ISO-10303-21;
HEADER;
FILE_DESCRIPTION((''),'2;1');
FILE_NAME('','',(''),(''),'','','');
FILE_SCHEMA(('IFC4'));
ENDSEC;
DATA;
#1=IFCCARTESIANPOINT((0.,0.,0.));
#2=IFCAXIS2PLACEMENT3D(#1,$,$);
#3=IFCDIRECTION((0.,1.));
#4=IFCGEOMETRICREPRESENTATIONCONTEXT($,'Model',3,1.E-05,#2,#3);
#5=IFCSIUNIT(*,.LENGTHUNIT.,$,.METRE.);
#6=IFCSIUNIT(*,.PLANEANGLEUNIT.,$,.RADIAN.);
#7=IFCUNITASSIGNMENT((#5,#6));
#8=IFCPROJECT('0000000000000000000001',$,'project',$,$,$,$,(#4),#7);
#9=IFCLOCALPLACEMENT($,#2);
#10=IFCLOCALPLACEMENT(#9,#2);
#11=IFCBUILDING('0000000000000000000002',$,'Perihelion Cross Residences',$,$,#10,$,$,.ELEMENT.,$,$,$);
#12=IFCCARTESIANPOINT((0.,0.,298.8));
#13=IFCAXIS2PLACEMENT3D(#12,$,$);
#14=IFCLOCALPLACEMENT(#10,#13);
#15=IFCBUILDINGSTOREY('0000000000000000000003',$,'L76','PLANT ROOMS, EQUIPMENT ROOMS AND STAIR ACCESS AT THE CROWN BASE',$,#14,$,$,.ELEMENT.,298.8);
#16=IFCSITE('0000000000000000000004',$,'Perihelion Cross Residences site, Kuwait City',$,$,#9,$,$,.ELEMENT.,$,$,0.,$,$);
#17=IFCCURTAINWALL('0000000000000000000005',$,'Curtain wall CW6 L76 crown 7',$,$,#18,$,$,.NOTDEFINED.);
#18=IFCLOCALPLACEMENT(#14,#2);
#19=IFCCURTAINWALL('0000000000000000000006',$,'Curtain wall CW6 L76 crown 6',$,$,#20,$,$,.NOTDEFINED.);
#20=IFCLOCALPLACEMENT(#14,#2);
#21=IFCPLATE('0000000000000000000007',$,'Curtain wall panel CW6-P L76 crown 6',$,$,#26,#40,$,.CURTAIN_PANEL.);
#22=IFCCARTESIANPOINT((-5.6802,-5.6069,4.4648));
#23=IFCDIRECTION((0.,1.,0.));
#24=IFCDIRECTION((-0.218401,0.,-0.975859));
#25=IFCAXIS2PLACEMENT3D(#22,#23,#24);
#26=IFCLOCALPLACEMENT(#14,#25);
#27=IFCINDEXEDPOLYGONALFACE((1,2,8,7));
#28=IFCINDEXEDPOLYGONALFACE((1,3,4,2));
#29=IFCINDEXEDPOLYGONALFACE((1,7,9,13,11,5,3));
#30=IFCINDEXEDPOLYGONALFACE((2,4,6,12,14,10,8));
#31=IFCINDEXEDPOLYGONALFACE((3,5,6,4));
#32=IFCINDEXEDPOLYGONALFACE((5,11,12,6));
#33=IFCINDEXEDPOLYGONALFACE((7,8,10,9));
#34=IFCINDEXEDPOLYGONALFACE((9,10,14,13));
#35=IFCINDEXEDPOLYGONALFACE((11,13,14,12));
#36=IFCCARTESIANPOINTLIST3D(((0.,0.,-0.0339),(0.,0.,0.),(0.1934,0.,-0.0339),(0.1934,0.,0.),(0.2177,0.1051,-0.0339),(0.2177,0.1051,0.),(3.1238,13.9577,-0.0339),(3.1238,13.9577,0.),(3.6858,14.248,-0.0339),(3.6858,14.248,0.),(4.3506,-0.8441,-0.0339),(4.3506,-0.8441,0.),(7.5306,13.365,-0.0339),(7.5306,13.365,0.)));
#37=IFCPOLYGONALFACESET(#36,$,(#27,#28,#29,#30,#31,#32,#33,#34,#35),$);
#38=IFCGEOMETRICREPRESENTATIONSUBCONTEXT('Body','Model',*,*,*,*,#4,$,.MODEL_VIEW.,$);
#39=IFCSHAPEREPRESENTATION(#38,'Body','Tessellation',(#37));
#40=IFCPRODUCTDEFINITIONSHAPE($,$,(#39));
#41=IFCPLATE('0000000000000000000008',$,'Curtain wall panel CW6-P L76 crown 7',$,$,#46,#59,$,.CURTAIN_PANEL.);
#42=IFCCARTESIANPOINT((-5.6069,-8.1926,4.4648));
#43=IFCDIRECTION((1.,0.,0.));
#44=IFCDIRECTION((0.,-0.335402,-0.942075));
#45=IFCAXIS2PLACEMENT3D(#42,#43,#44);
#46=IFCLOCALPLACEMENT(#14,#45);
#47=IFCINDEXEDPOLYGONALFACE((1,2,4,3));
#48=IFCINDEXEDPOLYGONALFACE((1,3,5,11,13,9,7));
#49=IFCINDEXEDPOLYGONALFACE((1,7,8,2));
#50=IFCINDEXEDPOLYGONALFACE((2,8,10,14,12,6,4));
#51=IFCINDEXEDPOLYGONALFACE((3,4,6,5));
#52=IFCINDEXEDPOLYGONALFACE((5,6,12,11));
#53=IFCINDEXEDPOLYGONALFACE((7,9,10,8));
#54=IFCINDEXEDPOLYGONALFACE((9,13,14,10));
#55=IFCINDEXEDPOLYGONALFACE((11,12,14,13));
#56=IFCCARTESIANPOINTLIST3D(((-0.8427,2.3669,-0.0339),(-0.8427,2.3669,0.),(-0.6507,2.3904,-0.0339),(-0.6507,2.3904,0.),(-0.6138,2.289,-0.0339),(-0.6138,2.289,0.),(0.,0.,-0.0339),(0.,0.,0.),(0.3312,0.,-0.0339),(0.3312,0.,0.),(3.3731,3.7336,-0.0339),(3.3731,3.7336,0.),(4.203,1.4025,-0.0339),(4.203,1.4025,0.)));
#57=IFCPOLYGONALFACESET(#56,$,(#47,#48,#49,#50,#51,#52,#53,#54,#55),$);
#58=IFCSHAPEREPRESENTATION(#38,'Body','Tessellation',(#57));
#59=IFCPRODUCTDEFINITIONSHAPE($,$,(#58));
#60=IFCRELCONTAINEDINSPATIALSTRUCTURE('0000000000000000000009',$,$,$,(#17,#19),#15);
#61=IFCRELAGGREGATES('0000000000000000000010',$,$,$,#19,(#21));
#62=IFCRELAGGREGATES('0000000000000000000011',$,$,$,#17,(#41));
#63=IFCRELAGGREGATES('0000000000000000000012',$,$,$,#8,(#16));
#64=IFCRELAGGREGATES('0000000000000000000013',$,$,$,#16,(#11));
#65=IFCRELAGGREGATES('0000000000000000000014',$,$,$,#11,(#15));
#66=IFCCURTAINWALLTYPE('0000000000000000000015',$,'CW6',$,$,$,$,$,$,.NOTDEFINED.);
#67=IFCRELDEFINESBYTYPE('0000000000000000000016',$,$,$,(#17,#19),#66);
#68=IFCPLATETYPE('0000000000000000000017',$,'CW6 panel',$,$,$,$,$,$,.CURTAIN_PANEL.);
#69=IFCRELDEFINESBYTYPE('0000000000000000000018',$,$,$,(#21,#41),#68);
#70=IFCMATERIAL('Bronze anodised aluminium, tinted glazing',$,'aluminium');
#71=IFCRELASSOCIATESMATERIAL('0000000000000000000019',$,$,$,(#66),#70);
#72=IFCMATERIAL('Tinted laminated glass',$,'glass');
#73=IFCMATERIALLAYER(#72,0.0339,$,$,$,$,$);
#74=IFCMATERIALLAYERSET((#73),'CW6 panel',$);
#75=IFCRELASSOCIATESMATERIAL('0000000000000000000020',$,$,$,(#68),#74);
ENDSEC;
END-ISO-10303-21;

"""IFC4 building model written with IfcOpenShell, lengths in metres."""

from ifc_helpers import new_model, si_unit, direction, frame, origin, place, context, subcontext, project, spatial, polyline, outline, extrude, material, layer, layer_set, type_object, element, aggregate, save


model = new_model("IFC4")

# Units and contexts
model_context = context("Model", 3, precision=1e-05, world=origin(), true_north=direction((0.0, 1.0)))
body_context = subcontext(model_context, "Body", "Model", "MODEL_VIEW")
ifc_project = project(units=[si_unit("LENGTHUNIT", "METRE"), si_unit("PLANEANGLEUNIT", "RADIAN")], contexts=[model_context])

# Site, building, storey
site_placement = place(None, origin())
site = spatial("IfcSite", under=ifc_project, at=site_placement, Name="Perihelion Cross Residences site, Kuwait City", CompositionType="ELEMENT", RefElevation=0.0)
building_placement = place(site_placement, origin())
building = spatial("IfcBuilding", under=site, at=building_placement, Name="Perihelion Cross Residences", CompositionType="ELEMENT")
storey_placement = place(building_placement, frame((0.0, 0.0, 298.8)))
storey = spatial("IfcBuildingStorey", under=building, at=storey_placement, Name="L76", Description="PLANT ROOMS, EQUIPMENT ROOMS AND STAIR ACCESS AT THE CROWN BASE", CompositionType="ELEMENT", Elevation=298.8)

# Curtain wall
ifc_material_1 = material(Name="Bronze anodised aluminium, tinted glazing", Category="aluminium")
curtain_wall_type = type_object("IfcCurtainWallType", Name="CW6", PredefinedType="NOTDEFINED", material=ifc_material_1)
curtain_wall_1_placement = place(storey_placement, origin())
curtain_wall_1 = element("IfcCurtainWall", 1, at=curtain_wall_1_placement, inside=storey, type_object=curtain_wall_type, Name="Curtain wall CW6 L76 crown 7", PredefinedType="NOTDEFINED")

# Curtain wall, plate
curtain_wall_2_placement = place(storey_placement, origin())
curtain_wall_2 = element("IfcCurtainWall", 2, at=curtain_wall_2_placement, inside=storey, type_object=curtain_wall_type, Name="Curtain wall CW6 L76 crown 6", PredefinedType="NOTDEFINED")
ifc_material_2 = material(Name="Tinted laminated glass", Category="glass")
ifc_layer_1 = layer(ifc_material_2, 0.0339)
ifc_layer_set_1 = layer_set([ifc_layer_1], Name="CW6 panel")
plate_type = type_object("IfcPlateType", Name="CW6 panel", PredefinedType="CURTAIN_PANEL", material=ifc_layer_set_1)
plate_1_placement = place(storey_placement, frame((-5.6802, -5.6069, 4.4648), z_axis=(0.0, 1.0, 0.0), x_axis=(-0.218401, 0.0, -0.975859)))
plate_1 = element("IfcPlate", 3, at=plate_1_placement, type_object=plate_type, Name="Curtain wall panel CW6-P L76 crown 6", PredefinedType="CURTAIN_PANEL", context=body_context, shape_type="SweptSolid", body=[
    extrude(outline(polyline([(0.0, 0.0), (0.1934, 0.0), (0.2177, 0.1051), (4.3506, -0.8441), (7.5306, 13.365), (3.6858, 14.248), (3.1238, 13.9577), (0.0, 0.0)])), origin(), (0.0, 0.0, -1.0), 0.0339),
])
aggregate(curtain_wall_2, [plate_1])

# Plate
plate_2_placement = place(storey_placement, frame((-5.6069, -8.1926, 4.4648), z_axis=(1.0, 0.0, 0.0), x_axis=(0.0, -0.335402, -0.942075)))
plate_2 = element("IfcPlate", 4, at=plate_2_placement, type_object=plate_type, Name="Curtain wall panel CW6-P L76 crown 7", PredefinedType="CURTAIN_PANEL", context=body_context, shape_type="SweptSolid", body=[
    extrude(outline(polyline([(0.0, 0.0), (0.3312, 0.0), (4.203, 1.4025), (3.3731, 3.7336), (-0.6138, 2.289), (-0.6507, 2.3904), (-0.8427, 2.3669), (0.0, 0.0)])), origin(), (0.0, 0.0, -1.0), 0.0339),
])
aggregate(curtain_wall_1, [plate_2])

save(model, "model.ifc")
